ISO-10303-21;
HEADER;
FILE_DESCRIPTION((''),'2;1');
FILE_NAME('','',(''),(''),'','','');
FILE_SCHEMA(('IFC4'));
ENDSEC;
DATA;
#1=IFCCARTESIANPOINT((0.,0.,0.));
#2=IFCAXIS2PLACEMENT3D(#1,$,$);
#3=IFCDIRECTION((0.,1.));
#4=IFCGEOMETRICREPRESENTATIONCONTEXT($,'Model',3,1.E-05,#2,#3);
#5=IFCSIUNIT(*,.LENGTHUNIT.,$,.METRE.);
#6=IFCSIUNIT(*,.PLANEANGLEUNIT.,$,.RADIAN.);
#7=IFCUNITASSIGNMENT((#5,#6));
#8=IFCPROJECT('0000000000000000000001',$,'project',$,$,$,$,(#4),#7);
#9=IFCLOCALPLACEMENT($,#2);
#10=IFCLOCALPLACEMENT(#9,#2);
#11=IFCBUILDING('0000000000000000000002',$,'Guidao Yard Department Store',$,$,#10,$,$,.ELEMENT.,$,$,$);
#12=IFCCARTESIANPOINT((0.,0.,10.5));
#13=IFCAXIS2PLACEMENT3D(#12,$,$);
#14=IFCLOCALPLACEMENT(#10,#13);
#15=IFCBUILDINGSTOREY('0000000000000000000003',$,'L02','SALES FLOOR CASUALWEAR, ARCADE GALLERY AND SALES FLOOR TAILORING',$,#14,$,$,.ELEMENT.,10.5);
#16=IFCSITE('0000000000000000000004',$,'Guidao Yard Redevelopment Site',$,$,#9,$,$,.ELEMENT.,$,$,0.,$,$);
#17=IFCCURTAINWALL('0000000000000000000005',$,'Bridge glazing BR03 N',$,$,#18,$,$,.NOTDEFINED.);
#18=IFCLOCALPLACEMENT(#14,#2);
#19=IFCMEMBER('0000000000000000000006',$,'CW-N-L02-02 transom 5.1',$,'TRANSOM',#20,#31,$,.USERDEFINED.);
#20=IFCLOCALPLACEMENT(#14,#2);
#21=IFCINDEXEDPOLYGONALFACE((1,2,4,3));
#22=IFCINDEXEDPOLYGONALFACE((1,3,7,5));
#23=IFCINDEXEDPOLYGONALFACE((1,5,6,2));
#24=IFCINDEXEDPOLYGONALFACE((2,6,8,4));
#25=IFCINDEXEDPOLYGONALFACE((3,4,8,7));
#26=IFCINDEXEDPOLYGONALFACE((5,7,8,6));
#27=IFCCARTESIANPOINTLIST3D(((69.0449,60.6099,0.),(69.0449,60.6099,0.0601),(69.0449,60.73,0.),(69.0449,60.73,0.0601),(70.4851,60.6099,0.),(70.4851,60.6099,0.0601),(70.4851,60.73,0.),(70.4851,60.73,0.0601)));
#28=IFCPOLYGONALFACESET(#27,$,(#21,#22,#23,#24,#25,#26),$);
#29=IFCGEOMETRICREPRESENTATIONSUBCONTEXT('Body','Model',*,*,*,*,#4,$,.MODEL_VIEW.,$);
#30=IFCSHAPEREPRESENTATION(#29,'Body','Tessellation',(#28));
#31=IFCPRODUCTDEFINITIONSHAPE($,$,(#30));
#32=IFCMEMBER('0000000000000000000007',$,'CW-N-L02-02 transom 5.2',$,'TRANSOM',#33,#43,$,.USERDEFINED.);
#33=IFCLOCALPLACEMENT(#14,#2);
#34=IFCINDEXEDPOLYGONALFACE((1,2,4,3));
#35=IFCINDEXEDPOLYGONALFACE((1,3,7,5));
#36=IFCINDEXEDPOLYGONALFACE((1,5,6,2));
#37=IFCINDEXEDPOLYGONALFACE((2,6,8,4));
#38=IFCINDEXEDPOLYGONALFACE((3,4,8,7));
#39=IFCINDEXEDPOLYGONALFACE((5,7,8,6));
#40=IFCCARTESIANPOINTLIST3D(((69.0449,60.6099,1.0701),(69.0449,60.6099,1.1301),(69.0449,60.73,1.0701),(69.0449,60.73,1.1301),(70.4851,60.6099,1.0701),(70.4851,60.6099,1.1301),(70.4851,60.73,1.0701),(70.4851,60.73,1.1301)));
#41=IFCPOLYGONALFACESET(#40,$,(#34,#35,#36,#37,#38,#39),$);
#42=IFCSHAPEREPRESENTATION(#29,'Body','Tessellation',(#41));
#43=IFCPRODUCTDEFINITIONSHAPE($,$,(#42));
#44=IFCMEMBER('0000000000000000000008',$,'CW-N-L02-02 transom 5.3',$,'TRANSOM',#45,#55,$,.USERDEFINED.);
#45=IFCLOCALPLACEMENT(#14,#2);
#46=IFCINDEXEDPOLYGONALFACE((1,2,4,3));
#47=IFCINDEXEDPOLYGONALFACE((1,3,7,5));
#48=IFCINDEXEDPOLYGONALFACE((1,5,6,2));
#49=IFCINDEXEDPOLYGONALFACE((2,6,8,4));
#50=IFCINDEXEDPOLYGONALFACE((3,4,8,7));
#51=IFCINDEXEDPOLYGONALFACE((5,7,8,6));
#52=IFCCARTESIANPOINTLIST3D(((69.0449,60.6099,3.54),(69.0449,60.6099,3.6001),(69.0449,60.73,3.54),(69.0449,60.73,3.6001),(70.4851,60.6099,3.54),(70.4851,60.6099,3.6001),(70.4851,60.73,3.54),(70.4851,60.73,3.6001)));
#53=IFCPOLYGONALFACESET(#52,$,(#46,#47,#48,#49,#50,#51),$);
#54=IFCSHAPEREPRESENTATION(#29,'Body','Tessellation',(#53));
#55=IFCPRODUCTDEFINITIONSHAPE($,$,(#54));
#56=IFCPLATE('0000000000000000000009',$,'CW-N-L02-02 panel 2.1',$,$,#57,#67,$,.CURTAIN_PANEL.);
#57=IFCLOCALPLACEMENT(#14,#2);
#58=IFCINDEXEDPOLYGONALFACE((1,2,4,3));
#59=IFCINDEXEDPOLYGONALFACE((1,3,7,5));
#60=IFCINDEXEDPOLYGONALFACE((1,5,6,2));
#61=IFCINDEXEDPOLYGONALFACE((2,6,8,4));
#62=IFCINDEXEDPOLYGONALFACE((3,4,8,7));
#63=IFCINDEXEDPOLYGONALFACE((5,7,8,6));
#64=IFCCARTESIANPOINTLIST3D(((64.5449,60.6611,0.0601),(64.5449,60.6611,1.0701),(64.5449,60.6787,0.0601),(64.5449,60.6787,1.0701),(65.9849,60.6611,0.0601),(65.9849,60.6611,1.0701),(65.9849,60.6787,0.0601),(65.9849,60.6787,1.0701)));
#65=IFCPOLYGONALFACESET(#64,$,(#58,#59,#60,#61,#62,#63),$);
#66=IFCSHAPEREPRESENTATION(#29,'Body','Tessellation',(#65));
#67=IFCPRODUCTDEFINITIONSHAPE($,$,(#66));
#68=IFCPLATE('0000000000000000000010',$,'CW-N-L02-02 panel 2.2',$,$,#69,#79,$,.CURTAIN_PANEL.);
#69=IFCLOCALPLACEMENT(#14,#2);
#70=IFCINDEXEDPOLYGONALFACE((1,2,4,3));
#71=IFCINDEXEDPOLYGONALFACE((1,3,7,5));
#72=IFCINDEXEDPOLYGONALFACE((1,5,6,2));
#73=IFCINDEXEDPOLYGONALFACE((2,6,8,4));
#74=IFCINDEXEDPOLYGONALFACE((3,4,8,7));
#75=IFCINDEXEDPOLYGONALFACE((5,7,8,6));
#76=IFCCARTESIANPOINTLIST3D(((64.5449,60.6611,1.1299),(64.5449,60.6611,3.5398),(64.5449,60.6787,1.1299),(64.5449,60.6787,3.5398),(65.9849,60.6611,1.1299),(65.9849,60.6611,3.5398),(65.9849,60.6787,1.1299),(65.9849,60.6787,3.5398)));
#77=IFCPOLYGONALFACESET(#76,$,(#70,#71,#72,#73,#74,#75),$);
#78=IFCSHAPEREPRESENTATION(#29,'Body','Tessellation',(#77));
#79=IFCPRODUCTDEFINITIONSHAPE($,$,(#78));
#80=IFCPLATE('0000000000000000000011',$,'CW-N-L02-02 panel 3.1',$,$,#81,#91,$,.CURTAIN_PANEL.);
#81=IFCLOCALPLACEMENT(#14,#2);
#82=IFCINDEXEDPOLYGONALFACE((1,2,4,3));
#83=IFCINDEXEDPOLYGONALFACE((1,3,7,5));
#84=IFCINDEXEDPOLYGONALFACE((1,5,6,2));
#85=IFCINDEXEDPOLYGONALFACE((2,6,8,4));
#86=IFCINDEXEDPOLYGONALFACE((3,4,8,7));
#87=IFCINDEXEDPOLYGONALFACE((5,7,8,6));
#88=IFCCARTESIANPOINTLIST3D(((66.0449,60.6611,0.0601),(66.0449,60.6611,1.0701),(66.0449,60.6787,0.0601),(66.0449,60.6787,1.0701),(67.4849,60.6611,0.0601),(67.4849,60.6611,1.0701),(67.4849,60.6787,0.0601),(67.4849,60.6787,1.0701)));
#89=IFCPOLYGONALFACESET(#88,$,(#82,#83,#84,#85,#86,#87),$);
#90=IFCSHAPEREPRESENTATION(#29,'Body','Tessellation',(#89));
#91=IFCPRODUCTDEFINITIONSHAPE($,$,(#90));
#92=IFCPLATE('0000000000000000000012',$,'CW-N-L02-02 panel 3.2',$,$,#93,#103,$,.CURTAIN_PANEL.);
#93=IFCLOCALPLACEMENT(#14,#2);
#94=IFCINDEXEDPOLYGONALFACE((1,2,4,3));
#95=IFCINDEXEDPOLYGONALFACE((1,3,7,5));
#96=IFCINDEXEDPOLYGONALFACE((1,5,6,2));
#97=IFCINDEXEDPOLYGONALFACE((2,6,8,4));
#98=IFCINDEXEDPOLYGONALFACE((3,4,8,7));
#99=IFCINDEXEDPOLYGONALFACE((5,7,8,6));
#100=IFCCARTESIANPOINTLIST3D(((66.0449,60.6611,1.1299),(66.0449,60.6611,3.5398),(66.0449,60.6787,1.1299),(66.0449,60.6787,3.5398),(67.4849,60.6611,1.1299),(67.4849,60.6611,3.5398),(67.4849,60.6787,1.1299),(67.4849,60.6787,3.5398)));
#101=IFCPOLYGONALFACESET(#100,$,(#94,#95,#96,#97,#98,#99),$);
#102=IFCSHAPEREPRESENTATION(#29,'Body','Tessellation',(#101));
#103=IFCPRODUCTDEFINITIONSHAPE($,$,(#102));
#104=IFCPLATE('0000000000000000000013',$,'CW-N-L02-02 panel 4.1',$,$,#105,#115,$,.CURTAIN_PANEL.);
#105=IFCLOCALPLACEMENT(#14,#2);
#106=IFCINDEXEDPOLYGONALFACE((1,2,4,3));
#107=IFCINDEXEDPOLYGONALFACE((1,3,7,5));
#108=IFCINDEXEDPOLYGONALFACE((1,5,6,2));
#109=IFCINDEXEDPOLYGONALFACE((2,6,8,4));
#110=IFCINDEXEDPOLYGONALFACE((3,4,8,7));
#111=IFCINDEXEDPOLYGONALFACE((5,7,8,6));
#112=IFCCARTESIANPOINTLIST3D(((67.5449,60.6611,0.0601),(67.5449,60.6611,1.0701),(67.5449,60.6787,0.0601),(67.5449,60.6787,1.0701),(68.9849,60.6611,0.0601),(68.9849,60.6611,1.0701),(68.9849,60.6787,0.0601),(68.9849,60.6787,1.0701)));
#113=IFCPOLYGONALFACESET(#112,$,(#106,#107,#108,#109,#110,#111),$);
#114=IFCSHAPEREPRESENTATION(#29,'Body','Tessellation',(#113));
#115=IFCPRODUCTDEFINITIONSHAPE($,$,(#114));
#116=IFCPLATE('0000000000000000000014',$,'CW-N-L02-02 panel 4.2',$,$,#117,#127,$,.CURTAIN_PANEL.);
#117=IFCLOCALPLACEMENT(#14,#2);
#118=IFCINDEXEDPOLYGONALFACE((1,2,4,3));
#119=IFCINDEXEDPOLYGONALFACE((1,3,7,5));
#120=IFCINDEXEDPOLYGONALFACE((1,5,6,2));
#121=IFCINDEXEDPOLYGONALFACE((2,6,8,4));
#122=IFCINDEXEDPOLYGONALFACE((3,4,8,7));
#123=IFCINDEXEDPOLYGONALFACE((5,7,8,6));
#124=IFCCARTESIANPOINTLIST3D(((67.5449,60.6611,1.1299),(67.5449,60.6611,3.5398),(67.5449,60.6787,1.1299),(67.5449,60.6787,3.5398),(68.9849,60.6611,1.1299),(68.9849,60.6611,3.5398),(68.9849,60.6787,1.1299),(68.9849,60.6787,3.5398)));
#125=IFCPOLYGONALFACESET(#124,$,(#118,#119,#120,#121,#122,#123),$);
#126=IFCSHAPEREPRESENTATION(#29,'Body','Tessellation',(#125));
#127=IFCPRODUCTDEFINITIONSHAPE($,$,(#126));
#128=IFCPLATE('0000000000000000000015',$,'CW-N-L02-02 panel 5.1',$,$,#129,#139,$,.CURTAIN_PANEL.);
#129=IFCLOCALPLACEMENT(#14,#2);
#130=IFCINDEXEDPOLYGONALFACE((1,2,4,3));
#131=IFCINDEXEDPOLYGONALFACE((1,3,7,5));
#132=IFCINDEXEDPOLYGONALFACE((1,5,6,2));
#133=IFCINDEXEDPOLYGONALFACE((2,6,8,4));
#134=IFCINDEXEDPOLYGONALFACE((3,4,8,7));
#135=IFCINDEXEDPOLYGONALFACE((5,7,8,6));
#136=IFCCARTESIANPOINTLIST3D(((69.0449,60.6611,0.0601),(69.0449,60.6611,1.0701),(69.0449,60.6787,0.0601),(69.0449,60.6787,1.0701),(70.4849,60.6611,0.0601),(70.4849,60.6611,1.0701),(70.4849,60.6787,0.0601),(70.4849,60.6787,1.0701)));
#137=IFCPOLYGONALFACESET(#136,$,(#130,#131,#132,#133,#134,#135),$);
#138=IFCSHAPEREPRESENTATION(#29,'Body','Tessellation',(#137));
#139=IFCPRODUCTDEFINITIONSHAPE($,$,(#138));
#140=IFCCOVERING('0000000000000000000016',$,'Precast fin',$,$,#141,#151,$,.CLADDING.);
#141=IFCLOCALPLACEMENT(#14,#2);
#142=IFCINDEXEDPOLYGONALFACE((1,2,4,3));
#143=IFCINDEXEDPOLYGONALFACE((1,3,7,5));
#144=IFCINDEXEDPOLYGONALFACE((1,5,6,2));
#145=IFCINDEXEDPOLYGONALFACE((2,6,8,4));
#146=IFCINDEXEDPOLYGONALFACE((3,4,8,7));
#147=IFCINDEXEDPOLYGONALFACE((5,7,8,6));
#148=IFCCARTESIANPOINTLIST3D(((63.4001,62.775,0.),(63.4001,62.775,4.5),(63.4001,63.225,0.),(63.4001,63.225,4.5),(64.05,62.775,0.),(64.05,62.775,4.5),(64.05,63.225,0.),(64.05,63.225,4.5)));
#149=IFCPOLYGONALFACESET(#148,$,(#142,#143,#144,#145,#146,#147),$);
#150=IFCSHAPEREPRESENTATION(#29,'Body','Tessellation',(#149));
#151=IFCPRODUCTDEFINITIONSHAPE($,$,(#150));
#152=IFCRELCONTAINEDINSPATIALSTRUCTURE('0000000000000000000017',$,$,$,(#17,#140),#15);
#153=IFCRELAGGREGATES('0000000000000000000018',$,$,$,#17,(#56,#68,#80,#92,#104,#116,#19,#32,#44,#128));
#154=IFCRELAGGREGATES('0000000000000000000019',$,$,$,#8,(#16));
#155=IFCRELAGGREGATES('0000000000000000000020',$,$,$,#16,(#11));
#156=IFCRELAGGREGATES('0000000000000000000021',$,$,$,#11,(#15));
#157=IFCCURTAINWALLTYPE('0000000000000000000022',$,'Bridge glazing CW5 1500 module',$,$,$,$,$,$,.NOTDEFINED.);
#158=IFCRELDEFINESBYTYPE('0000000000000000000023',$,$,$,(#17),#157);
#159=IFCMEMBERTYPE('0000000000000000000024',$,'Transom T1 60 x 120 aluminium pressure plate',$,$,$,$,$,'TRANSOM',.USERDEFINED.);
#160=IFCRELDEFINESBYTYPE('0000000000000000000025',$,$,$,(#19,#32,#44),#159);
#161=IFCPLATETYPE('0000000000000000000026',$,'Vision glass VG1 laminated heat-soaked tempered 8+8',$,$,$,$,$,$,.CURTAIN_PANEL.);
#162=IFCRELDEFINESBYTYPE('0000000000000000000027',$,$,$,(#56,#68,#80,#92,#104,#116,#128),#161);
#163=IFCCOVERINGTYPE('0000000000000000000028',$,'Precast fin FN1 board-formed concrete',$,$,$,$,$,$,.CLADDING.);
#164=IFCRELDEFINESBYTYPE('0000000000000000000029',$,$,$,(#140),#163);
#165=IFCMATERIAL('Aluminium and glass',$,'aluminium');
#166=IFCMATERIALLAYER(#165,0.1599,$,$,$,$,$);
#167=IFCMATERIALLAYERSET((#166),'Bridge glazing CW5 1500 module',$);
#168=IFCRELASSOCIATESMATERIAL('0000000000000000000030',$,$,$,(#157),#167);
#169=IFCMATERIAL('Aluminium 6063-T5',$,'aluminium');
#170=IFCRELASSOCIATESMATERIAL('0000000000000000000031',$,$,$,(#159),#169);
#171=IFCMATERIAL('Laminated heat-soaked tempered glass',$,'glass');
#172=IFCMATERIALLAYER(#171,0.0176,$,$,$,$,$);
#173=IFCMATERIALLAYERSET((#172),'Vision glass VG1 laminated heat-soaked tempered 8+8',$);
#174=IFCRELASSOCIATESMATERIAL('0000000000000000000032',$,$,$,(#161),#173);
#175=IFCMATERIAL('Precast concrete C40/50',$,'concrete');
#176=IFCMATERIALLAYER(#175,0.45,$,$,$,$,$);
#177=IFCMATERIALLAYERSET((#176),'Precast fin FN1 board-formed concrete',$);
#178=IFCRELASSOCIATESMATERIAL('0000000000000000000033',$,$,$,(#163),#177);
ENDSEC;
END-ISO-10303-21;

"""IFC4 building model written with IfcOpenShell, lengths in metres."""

from ifc_helpers import new_model, si_unit, direction, frame, origin, origin_2d, place, context, subcontext, project, spatial, rectangle, extrude, material, layer, layer_set, material_profile, profile_set, type_object, element, aggregate, save


model = new_model("IFC4")

# Units and contexts
model_context = context("Model", 3, precision=1e-05, world=origin(), true_north=direction((0.0, 1.0)))
body_context = subcontext(model_context, "Body", "Model", "MODEL_VIEW")
ifc_project = project(units=[si_unit("LENGTHUNIT", "METRE"), si_unit("PLANEANGLEUNIT", "RADIAN")], contexts=[model_context])

# Site, building, storey
site_placement = place(None, origin())
site = spatial("IfcSite", under=ifc_project, at=site_placement, Name="Guidao Yard Redevelopment Site", CompositionType="ELEMENT", RefElevation=0.0)
building_placement = place(site_placement, origin())
building = spatial("IfcBuilding", under=site, at=building_placement, Name="Guidao Yard Department Store", CompositionType="ELEMENT")
storey_placement = place(building_placement, frame((0.0, 0.0, 10.5)))
storey = spatial("IfcBuildingStorey", under=building, at=storey_placement, Name="L02", Description="SALES FLOOR CASUALWEAR, ARCADE GALLERY AND SALES FLOOR TAILORING", CompositionType="ELEMENT", Elevation=10.5)

# Curtain wall
ifc_material_1 = material(Name="Aluminium and glass", Category="aluminium")
ifc_layer_1 = layer(ifc_material_1, 0.1599)
ifc_layer_set_1 = layer_set([ifc_layer_1], Name="Bridge glazing CW5 1500 module")
curtain_wall_type = type_object("IfcCurtainWallType", Name="Bridge glazing CW5 1500 module", PredefinedType="NOTDEFINED", material=ifc_layer_set_1)
curtain_wall_placement = place(storey_placement, origin())
curtain_wall = element("IfcCurtainWall", 1, at=curtain_wall_placement, inside=storey, type_object=curtain_wall_type, Name="Bridge glazing BR03 N", PredefinedType="NOTDEFINED")

# Members
ifc_material_2 = material(Name="Aluminium 6063-T5", Category="aluminium")
ifc_material_profile_1 = material_profile(ifc_material_2, rectangle(XDim=0.1201, YDim=0.0601, at=origin_2d()), Name="Transom T1 60 x 120 aluminium pressure plate")
ifc_profile_set_1 = profile_set([ifc_material_profile_1], Name="Aluminium 6063-T5")
member_type_1 = type_object("IfcMemberType", Name="Transom T1 60 x 120 aluminium pressure plate", ElementType="TRANSOM", PredefinedType="USERDEFINED", material=ifc_profile_set_1)
member_1_placement = place(storey_placement, frame((69.0449, 60.6699, 0.03), z_axis=(1.0, 0.0, 0.0), x_axis=(0.0, 1.0, 0.0)))
member_1 = element("IfcMember", 2, at=member_1_placement, type_object=member_type_1, Name="CW-N-L02-02 transom 5.1", ObjectType="TRANSOM", PredefinedType="USERDEFINED", context=body_context, shape_type="SweptSolid", body=[
    extrude(rectangle(XDim=0.1201, YDim=0.0601, at=origin_2d()), origin(), (0.0, 0.0, 1.0), 1.4402),
])
member_2_placement = place(storey_placement, frame((69.0449, 60.6699, 1.1001), z_axis=(1.0, 0.0, 0.0), x_axis=(0.0, 1.0, 0.0)))
member_2 = element("IfcMember", 3, at=member_2_placement, type_object=member_type_1, Name="CW-N-L02-02 transom 5.2", ObjectType="TRANSOM", PredefinedType="USERDEFINED", context=body_context, shape_type="SweptSolid", body=[
    extrude(rectangle(XDim=0.1201, YDim=0.0601, at=origin_2d()), origin(), (0.0, 0.0, 1.0), 1.4402),
])
member_3_placement = place(storey_placement, frame((69.0449, 60.6699, 3.5701), z_axis=(1.0, 0.0, 0.0), x_axis=(0.0, 1.0, 0.0)))
member_3 = element("IfcMember", 4, at=member_3_placement, type_object=member_type_1, Name="CW-N-L02-02 transom 5.3", ObjectType="TRANSOM", PredefinedType="USERDEFINED", context=body_context, shape_type="SweptSolid", body=[
    extrude(rectangle(XDim=0.1201, YDim=0.0601, at=origin_2d()), origin(), (0.0, 0.0, 1.0), 1.4402),
])

# Plates
ifc_material_3 = material(Name="Laminated heat-soaked tempered glass", Category="glass")
ifc_layer_2 = layer(ifc_material_3, 0.0176)
ifc_layer_set_2 = layer_set([ifc_layer_2], Name="Vision glass VG1 laminated heat-soaked tempered 8+8")
plate_type = type_object("IfcPlateType", Name="Vision glass VG1 laminated heat-soaked tempered 8+8", PredefinedType="CURTAIN_PANEL", material=ifc_layer_set_2)
plate_1_placement = place(storey_placement, frame((65.2649, 60.6699, 0.0601), z_axis=(0.0, 0.0, 1.0), x_axis=(1.0, 0.0, 0.0)))
plate_1 = element("IfcPlate", 5, at=plate_1_placement, type_object=plate_type, Name="CW-N-L02-02 panel 2.1", PredefinedType="CURTAIN_PANEL", context=body_context, shape_type="SweptSolid", body=[
    extrude(rectangle(XDim=1.4399, YDim=0.0176, at=origin_2d()), origin(), (0.0, 0.0, 1.0), 1.01),
])
plate_2_placement = place(storey_placement, frame((65.2649, 60.6699, 1.1299), z_axis=(0.0, 0.0, 1.0), x_axis=(1.0, 0.0, 0.0)))
plate_2 = element("IfcPlate", 6, at=plate_2_placement, type_object=plate_type, Name="CW-N-L02-02 panel 2.2", PredefinedType="CURTAIN_PANEL", context=body_context, shape_type="SweptSolid", body=[
    extrude(rectangle(XDim=1.4399, YDim=0.0176, at=origin_2d()), origin(), (0.0, 0.0, 1.0), 2.4099),
])
plate_3_placement = place(storey_placement, frame((66.7649, 60.6699, 0.0601), z_axis=(0.0, 0.0, 1.0), x_axis=(1.0, 0.0, 0.0)))
plate_3 = element("IfcPlate", 7, at=plate_3_placement, type_object=plate_type, Name="CW-N-L02-02 panel 3.1", PredefinedType="CURTAIN_PANEL", context=body_context, shape_type="SweptSolid", body=[
    extrude(rectangle(XDim=1.4399, YDim=0.0176, at=origin_2d()), origin(), (0.0, 0.0, 1.0), 1.01),
])
plate_4_placement = place(storey_placement, frame((66.7649, 60.6699, 1.1299), z_axis=(0.0, 0.0, 1.0), x_axis=(1.0, 0.0, 0.0)))
plate_4 = element("IfcPlate", 8, at=plate_4_placement, type_object=plate_type, Name="CW-N-L02-02 panel 3.2", PredefinedType="CURTAIN_PANEL", context=body_context, shape_type="SweptSolid", body=[
    extrude(rectangle(XDim=1.4399, YDim=0.0176, at=origin_2d()), origin(), (0.0, 0.0, 1.0), 2.4099),
])
plate_5_placement = place(storey_placement, frame((68.2649, 60.6699, 0.0601), z_axis=(0.0, 0.0, 1.0), x_axis=(1.0, 0.0, 0.0)))
plate_5 = element("IfcPlate", 9, at=plate_5_placement, type_object=plate_type, Name="CW-N-L02-02 panel 4.1", PredefinedType="CURTAIN_PANEL", context=body_context, shape_type="SweptSolid", body=[
    extrude(rectangle(XDim=1.4399, YDim=0.0176, at=origin_2d()), origin(), (0.0, 0.0, 1.0), 1.01),
])
plate_6_placement = place(storey_placement, frame((68.2649, 60.6699, 1.1299), z_axis=(0.0, 0.0, 1.0), x_axis=(1.0, 0.0, 0.0)))
plate_6 = element("IfcPlate", 10, at=plate_6_placement, type_object=plate_type, Name="CW-N-L02-02 panel 4.2", PredefinedType="CURTAIN_PANEL", context=body_context, shape_type="SweptSolid", body=[
    extrude(rectangle(XDim=1.4399, YDim=0.0176, at=origin_2d()), origin(), (0.0, 0.0, 1.0), 2.4099),
])
plate_7_placement = place(storey_placement, frame((69.7649, 60.6699, 0.0601), z_axis=(0.0, 0.0, 1.0), x_axis=(1.0, 0.0, 0.0)))
plate_7 = element("IfcPlate", 11, at=plate_7_placement, type_object=plate_type, Name="CW-N-L02-02 panel 5.1", PredefinedType="CURTAIN_PANEL", context=body_context, shape_type="SweptSolid", body=[
    extrude(rectangle(XDim=1.4399, YDim=0.0176, at=origin_2d()), origin(), (0.0, 0.0, 1.0), 1.01),
])
aggregate(curtain_wall, [plate_1, plate_2, plate_3, plate_4, plate_5, plate_6, member_1, member_2, member_3, plate_7])

# Covering
ifc_material_4 = material(Name="Precast concrete C40/50", Category="concrete")
ifc_layer_3 = layer(ifc_material_4, 0.45)
ifc_layer_set_3 = layer_set([ifc_layer_3], Name="Precast fin FN1 board-formed concrete")
covering_type = type_object("IfcCoveringType", Name="Precast fin FN1 board-formed concrete", PredefinedType="CLADDING", material=ifc_layer_set_3)
covering_placement = place(storey_placement, frame((63.7251, 63.0, 0.0), z_axis=(0.0, 0.0, 1.0), x_axis=(0.0, -1.0, 0.0)))
element("IfcCovering", 12, at=covering_placement, inside=storey, type_object=covering_type, Name="Precast fin", PredefinedType="CLADDING", context=body_context, shape_type="SweptSolid", body=[
    extrude(rectangle(XDim=0.45, YDim=0.6499, at=origin_2d()), origin(), (0.0, 0.0, 1.0), 4.5),
])

save(model, "model.ifc")
